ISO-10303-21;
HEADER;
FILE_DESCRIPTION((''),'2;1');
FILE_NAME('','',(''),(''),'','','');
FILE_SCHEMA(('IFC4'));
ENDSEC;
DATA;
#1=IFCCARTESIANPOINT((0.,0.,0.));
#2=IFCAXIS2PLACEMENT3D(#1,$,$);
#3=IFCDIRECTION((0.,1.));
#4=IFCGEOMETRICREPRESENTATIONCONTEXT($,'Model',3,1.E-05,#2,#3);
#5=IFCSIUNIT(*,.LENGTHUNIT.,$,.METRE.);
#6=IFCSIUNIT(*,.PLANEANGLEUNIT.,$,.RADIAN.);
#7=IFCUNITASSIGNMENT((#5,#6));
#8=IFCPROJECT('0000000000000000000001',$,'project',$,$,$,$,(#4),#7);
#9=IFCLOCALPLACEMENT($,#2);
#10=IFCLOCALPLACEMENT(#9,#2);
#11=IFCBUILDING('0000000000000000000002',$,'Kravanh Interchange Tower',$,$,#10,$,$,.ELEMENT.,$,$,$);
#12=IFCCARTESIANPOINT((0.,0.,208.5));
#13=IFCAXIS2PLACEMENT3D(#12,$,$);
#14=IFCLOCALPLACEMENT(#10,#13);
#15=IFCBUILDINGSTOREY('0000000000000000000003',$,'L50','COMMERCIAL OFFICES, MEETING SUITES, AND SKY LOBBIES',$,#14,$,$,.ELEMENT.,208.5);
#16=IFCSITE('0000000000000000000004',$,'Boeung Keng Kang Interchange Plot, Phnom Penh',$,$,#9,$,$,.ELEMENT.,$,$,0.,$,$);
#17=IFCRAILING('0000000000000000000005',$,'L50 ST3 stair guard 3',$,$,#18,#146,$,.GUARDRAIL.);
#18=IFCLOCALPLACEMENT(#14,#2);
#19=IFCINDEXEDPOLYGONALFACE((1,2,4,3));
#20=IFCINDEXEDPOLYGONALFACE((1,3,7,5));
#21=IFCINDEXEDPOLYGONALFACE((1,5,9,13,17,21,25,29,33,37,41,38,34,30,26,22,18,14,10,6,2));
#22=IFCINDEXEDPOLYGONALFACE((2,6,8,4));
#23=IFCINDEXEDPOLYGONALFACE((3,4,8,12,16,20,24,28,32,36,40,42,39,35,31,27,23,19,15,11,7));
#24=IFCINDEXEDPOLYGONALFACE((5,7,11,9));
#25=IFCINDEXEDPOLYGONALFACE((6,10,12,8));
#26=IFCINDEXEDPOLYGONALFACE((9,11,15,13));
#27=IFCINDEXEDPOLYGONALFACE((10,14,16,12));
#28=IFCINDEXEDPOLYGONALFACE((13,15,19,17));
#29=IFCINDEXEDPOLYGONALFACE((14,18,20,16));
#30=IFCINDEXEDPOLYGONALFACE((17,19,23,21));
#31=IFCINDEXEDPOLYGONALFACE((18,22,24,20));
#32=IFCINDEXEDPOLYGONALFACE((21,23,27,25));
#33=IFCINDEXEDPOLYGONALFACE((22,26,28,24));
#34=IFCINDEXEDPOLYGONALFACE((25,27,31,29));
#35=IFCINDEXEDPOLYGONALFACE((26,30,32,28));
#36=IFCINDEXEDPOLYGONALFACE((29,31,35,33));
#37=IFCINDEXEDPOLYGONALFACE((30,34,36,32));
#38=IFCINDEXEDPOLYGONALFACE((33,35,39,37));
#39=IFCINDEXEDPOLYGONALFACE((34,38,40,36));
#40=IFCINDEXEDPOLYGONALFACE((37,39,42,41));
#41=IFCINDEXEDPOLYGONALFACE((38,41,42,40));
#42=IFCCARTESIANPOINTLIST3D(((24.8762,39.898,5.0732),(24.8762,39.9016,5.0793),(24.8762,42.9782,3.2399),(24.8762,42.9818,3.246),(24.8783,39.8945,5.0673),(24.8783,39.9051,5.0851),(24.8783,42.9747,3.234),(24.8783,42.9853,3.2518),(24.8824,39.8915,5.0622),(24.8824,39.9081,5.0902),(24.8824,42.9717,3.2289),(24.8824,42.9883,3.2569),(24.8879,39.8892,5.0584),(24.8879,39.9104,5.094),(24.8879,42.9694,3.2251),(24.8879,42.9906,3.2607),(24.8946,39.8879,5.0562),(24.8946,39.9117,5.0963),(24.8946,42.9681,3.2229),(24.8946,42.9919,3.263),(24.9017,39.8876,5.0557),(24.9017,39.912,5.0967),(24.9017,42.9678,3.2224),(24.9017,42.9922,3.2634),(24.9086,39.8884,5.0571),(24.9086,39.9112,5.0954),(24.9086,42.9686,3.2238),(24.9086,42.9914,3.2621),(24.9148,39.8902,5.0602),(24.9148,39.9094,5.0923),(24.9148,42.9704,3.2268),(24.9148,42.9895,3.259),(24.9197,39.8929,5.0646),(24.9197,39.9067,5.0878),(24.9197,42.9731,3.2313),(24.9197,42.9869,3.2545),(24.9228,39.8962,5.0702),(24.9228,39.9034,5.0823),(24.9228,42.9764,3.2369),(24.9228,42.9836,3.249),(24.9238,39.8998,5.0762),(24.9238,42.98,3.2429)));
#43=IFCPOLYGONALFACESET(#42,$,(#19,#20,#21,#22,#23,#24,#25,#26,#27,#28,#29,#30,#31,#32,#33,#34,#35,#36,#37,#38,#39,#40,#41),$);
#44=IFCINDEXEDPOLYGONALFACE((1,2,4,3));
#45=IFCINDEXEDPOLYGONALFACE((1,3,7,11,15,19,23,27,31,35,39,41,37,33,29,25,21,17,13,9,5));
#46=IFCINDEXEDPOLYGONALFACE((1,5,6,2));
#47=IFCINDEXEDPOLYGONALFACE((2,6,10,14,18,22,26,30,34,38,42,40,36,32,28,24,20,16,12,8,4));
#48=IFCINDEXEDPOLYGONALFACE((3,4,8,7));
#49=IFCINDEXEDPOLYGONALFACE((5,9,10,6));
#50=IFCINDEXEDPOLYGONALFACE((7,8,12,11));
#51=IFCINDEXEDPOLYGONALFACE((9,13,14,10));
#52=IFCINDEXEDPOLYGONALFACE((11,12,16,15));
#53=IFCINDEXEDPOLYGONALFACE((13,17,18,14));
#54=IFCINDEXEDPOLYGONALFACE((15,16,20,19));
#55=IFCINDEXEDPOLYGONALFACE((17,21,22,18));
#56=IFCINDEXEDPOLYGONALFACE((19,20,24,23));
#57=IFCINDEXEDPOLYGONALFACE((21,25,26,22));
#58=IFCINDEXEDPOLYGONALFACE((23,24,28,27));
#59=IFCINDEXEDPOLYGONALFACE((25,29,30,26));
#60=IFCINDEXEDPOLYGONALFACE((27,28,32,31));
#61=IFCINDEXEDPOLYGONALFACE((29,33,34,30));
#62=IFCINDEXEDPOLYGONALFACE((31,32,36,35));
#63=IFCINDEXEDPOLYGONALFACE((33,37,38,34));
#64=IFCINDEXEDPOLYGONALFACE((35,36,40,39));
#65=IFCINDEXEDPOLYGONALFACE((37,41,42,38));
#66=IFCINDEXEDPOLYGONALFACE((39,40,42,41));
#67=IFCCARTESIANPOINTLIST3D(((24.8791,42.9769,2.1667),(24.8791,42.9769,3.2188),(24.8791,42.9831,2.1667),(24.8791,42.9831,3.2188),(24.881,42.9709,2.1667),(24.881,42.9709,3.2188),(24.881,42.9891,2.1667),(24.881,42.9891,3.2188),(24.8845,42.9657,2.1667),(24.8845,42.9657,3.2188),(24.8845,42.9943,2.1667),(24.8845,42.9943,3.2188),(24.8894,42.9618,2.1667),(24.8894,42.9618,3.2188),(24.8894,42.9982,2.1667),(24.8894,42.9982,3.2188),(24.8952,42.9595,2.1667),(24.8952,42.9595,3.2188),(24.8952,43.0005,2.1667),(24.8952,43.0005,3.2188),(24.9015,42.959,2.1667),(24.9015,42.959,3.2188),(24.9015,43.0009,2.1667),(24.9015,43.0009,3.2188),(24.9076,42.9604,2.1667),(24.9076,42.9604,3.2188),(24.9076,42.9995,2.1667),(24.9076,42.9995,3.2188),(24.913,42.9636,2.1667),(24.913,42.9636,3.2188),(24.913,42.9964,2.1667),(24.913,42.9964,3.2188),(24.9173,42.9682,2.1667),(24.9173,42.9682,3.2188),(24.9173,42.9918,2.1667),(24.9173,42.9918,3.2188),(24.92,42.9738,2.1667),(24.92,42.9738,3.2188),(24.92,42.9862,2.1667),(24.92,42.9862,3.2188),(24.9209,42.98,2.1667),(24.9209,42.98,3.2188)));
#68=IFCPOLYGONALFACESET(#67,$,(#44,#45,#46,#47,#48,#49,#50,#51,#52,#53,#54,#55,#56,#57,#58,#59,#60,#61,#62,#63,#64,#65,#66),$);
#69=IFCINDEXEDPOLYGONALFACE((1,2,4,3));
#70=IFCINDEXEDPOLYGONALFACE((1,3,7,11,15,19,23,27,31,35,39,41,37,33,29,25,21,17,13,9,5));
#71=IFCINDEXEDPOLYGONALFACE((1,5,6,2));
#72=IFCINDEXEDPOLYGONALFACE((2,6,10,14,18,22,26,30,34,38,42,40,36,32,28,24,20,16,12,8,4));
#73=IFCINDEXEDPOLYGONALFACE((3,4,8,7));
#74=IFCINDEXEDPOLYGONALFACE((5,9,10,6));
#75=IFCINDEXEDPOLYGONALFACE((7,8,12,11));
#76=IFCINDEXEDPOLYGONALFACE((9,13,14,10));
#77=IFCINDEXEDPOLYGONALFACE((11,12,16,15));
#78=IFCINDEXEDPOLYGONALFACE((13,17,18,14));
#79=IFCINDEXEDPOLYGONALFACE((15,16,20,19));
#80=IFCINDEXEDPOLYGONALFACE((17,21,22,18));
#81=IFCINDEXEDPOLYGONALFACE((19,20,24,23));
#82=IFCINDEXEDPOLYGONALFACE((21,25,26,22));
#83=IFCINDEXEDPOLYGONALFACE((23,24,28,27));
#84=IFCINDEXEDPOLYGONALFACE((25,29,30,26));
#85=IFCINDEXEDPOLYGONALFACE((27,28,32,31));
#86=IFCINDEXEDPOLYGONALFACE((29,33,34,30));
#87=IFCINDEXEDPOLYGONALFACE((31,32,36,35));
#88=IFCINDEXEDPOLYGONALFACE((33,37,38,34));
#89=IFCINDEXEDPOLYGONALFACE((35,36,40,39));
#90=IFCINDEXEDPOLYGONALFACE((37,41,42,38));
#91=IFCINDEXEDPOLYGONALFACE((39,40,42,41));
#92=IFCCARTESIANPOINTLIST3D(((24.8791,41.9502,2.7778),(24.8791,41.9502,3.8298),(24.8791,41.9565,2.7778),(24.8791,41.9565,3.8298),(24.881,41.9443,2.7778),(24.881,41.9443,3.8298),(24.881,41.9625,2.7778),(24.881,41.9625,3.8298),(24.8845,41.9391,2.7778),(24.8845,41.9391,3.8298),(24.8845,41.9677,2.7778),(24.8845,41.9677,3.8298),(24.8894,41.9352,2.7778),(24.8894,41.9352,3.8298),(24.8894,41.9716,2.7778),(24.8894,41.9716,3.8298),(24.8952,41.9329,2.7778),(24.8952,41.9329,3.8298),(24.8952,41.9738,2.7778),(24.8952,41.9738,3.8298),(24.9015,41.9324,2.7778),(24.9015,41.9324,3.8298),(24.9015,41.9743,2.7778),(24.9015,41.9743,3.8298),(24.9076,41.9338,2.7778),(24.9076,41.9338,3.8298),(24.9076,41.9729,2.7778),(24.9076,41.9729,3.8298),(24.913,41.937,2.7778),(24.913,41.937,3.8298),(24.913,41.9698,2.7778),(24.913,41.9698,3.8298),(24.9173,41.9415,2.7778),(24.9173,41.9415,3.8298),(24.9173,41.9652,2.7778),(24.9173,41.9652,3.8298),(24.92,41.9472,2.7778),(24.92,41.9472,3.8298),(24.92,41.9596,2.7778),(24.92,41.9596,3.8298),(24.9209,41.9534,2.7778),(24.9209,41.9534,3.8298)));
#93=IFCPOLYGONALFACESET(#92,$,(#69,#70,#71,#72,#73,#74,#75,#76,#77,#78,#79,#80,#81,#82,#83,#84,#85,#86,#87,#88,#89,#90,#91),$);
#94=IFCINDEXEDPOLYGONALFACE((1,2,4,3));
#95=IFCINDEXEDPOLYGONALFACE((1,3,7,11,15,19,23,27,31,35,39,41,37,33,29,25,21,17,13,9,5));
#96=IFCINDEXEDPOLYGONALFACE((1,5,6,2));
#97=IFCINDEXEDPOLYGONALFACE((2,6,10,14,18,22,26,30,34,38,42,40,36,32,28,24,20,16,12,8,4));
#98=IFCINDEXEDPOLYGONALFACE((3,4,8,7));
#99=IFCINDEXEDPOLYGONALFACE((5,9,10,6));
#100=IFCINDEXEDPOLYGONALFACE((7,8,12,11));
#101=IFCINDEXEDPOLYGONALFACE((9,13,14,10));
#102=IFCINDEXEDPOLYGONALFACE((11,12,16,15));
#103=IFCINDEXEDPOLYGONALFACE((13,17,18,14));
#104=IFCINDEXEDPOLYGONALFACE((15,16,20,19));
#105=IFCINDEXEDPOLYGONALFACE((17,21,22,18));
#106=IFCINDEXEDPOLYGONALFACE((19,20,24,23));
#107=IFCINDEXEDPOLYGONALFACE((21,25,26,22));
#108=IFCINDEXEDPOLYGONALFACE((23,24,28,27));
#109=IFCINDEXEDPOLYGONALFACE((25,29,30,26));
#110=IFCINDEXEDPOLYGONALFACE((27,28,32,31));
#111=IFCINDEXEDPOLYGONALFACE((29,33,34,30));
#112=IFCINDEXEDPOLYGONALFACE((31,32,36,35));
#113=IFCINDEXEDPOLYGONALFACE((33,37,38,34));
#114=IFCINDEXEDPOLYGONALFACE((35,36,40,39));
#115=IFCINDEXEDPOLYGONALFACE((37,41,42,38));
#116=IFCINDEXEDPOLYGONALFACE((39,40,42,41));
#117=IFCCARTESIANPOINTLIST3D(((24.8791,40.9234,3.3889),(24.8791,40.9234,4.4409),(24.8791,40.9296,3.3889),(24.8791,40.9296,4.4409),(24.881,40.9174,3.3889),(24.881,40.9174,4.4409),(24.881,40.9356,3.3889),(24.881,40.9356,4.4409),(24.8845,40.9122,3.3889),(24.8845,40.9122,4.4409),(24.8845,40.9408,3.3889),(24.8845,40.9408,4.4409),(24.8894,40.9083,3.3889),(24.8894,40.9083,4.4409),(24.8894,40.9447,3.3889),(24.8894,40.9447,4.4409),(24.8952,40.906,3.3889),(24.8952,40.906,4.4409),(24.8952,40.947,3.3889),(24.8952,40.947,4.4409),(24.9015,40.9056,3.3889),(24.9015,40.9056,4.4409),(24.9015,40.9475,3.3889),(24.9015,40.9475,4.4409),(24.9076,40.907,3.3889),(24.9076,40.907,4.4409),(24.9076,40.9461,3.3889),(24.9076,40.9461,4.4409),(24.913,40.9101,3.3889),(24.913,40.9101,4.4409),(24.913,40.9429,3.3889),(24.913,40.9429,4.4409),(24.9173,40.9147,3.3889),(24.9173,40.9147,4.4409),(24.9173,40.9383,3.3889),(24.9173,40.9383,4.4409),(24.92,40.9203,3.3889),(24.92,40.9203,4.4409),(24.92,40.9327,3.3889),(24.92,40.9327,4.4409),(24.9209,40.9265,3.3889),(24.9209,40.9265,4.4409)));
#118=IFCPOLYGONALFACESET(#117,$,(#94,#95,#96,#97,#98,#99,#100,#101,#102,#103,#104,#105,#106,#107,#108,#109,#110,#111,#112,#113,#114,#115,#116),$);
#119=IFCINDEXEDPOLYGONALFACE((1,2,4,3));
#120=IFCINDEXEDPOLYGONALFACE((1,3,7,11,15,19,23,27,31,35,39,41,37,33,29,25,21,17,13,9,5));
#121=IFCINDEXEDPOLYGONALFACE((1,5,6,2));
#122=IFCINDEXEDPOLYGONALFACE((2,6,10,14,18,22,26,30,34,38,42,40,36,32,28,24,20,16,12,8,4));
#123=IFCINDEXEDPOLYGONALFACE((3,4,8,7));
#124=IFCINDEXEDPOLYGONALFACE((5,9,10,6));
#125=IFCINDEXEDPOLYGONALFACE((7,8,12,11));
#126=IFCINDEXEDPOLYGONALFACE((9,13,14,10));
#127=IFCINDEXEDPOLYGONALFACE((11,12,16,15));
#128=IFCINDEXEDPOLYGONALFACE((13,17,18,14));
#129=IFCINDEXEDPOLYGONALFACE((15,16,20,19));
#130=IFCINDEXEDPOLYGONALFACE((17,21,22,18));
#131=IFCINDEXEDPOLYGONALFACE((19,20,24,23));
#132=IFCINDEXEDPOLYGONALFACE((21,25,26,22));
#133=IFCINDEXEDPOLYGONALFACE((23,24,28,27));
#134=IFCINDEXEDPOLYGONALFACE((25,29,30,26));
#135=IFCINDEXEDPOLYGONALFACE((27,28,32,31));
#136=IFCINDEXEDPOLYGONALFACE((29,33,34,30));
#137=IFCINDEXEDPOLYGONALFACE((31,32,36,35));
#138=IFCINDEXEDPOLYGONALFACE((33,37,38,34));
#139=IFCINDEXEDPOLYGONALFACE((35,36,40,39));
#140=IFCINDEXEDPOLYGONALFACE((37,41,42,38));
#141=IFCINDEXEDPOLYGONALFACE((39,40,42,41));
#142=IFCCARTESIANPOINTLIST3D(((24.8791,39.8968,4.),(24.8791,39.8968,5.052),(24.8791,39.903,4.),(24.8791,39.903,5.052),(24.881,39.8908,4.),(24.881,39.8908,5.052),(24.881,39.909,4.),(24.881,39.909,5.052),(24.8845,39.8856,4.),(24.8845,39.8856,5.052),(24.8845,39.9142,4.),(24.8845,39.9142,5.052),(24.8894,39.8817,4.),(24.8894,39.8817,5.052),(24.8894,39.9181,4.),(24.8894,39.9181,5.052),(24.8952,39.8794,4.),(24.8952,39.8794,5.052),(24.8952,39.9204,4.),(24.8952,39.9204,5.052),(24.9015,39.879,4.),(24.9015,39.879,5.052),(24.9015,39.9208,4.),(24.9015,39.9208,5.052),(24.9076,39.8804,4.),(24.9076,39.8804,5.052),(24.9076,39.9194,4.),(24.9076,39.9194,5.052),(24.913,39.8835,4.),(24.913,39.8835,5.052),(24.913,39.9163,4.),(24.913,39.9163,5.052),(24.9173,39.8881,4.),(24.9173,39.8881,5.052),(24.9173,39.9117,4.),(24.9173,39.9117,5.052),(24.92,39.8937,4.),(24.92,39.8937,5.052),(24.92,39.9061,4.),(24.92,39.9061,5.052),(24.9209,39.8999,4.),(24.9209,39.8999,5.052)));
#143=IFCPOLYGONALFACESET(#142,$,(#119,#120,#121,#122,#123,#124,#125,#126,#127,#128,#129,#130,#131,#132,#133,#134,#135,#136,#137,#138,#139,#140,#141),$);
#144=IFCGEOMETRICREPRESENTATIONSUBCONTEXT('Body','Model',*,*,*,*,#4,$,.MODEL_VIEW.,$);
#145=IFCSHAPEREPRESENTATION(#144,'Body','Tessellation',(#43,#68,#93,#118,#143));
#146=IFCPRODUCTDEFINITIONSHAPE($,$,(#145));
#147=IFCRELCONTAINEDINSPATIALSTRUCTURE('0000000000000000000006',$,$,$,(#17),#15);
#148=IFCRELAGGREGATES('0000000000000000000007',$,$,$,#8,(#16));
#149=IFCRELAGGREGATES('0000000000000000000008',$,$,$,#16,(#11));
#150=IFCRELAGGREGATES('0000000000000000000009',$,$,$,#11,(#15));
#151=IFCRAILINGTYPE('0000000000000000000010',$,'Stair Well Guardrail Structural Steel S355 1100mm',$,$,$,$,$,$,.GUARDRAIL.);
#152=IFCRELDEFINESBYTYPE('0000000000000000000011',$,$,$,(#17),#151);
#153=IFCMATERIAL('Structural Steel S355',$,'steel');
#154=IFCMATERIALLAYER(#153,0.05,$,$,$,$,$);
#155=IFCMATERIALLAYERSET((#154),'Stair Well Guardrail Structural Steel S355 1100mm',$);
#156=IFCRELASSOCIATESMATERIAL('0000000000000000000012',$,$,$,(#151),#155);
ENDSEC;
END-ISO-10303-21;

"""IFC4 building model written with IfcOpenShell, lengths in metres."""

from ifc_helpers import new_model, si_unit, direction, frame, origin, origin_2d, place, context, subcontext, project, spatial, circle, extrude, material, layer, layer_set, type_object, element, save


model = new_model("IFC4")

# Units and contexts
model_context = context("Model", 3, precision=1e-05, world=origin(), true_north=direction((0.0, 1.0)))
body_context = subcontext(model_context, "Body", "Model", "MODEL_VIEW")
ifc_project = project(units=[si_unit("LENGTHUNIT", "METRE"), si_unit("PLANEANGLEUNIT", "RADIAN")], contexts=[model_context])

# Site, building, storey
site_placement = place(None, origin())
site = spatial("IfcSite", under=ifc_project, at=site_placement, Name="Boeung Keng Kang Interchange Plot, Phnom Penh", CompositionType="ELEMENT", RefElevation=0.0)
building_placement = place(site_placement, origin())
building = spatial("IfcBuilding", under=site, at=building_placement, Name="Kravanh Interchange Tower", CompositionType="ELEMENT")
storey_placement = place(building_placement, frame((0.0, 0.0, 208.5)))
storey = spatial("IfcBuildingStorey", under=building, at=storey_placement, Name="L50", Description="COMMERCIAL OFFICES, MEETING SUITES, AND SKY LOBBIES", CompositionType="ELEMENT", Elevation=208.5)

# Railing
ifc_material_1 = material(Name="Structural Steel S355", Category="steel")
ifc_layer_1 = layer(ifc_material_1, 0.05)
ifc_layer_set_1 = layer_set([ifc_layer_1], Name="Stair Well Guardrail Structural Steel S355 1100mm")
railing_type_1 = type_object("IfcRailingType", Name="Stair Well Guardrail Structural Steel S355 1100mm", PredefinedType="GUARDRAIL", material=ifc_layer_set_1)
railing_1_placement = place(storey_placement, frame((24.8999, 42.98, 2.1667)))
element("IfcRailing", 1, at=railing_1_placement, inside=storey, type_object=railing_type_1, Name="L50 ST3 stair guard 3", PredefinedType="GUARDRAIL", context=body_context, shape_type="SweptSolid", body=[
    extrude(circle(Radius=0.0239, at=origin_2d()), frame((0.0, 0.0, 1.0762), z_axis=(0.0, -0.859309, 0.511458), x_axis=(1.0, 0.0, 0.0)), (0.0, 0.0, 1.0), 3.5845),
    extrude(circle(Radius=0.021, at=origin_2d()), origin(), (0.0, 0.0, 1.0), 1.052),
    extrude(circle(Radius=0.021, at=origin_2d()), frame((0.0, -1.0266, 0.6111)), (0.0, 0.0, 1.0), 1.052),
    extrude(circle(Radius=0.021, at=origin_2d()), frame((0.0, -2.0535, 1.2222)), (0.0, 0.0, 1.0), 1.052),
    extrude(circle(Radius=0.021, at=origin_2d()), frame((0.0, -3.0801, 1.8333)), (0.0, 0.0, 1.0), 1.052),
])

save(model, "model.ifc")
